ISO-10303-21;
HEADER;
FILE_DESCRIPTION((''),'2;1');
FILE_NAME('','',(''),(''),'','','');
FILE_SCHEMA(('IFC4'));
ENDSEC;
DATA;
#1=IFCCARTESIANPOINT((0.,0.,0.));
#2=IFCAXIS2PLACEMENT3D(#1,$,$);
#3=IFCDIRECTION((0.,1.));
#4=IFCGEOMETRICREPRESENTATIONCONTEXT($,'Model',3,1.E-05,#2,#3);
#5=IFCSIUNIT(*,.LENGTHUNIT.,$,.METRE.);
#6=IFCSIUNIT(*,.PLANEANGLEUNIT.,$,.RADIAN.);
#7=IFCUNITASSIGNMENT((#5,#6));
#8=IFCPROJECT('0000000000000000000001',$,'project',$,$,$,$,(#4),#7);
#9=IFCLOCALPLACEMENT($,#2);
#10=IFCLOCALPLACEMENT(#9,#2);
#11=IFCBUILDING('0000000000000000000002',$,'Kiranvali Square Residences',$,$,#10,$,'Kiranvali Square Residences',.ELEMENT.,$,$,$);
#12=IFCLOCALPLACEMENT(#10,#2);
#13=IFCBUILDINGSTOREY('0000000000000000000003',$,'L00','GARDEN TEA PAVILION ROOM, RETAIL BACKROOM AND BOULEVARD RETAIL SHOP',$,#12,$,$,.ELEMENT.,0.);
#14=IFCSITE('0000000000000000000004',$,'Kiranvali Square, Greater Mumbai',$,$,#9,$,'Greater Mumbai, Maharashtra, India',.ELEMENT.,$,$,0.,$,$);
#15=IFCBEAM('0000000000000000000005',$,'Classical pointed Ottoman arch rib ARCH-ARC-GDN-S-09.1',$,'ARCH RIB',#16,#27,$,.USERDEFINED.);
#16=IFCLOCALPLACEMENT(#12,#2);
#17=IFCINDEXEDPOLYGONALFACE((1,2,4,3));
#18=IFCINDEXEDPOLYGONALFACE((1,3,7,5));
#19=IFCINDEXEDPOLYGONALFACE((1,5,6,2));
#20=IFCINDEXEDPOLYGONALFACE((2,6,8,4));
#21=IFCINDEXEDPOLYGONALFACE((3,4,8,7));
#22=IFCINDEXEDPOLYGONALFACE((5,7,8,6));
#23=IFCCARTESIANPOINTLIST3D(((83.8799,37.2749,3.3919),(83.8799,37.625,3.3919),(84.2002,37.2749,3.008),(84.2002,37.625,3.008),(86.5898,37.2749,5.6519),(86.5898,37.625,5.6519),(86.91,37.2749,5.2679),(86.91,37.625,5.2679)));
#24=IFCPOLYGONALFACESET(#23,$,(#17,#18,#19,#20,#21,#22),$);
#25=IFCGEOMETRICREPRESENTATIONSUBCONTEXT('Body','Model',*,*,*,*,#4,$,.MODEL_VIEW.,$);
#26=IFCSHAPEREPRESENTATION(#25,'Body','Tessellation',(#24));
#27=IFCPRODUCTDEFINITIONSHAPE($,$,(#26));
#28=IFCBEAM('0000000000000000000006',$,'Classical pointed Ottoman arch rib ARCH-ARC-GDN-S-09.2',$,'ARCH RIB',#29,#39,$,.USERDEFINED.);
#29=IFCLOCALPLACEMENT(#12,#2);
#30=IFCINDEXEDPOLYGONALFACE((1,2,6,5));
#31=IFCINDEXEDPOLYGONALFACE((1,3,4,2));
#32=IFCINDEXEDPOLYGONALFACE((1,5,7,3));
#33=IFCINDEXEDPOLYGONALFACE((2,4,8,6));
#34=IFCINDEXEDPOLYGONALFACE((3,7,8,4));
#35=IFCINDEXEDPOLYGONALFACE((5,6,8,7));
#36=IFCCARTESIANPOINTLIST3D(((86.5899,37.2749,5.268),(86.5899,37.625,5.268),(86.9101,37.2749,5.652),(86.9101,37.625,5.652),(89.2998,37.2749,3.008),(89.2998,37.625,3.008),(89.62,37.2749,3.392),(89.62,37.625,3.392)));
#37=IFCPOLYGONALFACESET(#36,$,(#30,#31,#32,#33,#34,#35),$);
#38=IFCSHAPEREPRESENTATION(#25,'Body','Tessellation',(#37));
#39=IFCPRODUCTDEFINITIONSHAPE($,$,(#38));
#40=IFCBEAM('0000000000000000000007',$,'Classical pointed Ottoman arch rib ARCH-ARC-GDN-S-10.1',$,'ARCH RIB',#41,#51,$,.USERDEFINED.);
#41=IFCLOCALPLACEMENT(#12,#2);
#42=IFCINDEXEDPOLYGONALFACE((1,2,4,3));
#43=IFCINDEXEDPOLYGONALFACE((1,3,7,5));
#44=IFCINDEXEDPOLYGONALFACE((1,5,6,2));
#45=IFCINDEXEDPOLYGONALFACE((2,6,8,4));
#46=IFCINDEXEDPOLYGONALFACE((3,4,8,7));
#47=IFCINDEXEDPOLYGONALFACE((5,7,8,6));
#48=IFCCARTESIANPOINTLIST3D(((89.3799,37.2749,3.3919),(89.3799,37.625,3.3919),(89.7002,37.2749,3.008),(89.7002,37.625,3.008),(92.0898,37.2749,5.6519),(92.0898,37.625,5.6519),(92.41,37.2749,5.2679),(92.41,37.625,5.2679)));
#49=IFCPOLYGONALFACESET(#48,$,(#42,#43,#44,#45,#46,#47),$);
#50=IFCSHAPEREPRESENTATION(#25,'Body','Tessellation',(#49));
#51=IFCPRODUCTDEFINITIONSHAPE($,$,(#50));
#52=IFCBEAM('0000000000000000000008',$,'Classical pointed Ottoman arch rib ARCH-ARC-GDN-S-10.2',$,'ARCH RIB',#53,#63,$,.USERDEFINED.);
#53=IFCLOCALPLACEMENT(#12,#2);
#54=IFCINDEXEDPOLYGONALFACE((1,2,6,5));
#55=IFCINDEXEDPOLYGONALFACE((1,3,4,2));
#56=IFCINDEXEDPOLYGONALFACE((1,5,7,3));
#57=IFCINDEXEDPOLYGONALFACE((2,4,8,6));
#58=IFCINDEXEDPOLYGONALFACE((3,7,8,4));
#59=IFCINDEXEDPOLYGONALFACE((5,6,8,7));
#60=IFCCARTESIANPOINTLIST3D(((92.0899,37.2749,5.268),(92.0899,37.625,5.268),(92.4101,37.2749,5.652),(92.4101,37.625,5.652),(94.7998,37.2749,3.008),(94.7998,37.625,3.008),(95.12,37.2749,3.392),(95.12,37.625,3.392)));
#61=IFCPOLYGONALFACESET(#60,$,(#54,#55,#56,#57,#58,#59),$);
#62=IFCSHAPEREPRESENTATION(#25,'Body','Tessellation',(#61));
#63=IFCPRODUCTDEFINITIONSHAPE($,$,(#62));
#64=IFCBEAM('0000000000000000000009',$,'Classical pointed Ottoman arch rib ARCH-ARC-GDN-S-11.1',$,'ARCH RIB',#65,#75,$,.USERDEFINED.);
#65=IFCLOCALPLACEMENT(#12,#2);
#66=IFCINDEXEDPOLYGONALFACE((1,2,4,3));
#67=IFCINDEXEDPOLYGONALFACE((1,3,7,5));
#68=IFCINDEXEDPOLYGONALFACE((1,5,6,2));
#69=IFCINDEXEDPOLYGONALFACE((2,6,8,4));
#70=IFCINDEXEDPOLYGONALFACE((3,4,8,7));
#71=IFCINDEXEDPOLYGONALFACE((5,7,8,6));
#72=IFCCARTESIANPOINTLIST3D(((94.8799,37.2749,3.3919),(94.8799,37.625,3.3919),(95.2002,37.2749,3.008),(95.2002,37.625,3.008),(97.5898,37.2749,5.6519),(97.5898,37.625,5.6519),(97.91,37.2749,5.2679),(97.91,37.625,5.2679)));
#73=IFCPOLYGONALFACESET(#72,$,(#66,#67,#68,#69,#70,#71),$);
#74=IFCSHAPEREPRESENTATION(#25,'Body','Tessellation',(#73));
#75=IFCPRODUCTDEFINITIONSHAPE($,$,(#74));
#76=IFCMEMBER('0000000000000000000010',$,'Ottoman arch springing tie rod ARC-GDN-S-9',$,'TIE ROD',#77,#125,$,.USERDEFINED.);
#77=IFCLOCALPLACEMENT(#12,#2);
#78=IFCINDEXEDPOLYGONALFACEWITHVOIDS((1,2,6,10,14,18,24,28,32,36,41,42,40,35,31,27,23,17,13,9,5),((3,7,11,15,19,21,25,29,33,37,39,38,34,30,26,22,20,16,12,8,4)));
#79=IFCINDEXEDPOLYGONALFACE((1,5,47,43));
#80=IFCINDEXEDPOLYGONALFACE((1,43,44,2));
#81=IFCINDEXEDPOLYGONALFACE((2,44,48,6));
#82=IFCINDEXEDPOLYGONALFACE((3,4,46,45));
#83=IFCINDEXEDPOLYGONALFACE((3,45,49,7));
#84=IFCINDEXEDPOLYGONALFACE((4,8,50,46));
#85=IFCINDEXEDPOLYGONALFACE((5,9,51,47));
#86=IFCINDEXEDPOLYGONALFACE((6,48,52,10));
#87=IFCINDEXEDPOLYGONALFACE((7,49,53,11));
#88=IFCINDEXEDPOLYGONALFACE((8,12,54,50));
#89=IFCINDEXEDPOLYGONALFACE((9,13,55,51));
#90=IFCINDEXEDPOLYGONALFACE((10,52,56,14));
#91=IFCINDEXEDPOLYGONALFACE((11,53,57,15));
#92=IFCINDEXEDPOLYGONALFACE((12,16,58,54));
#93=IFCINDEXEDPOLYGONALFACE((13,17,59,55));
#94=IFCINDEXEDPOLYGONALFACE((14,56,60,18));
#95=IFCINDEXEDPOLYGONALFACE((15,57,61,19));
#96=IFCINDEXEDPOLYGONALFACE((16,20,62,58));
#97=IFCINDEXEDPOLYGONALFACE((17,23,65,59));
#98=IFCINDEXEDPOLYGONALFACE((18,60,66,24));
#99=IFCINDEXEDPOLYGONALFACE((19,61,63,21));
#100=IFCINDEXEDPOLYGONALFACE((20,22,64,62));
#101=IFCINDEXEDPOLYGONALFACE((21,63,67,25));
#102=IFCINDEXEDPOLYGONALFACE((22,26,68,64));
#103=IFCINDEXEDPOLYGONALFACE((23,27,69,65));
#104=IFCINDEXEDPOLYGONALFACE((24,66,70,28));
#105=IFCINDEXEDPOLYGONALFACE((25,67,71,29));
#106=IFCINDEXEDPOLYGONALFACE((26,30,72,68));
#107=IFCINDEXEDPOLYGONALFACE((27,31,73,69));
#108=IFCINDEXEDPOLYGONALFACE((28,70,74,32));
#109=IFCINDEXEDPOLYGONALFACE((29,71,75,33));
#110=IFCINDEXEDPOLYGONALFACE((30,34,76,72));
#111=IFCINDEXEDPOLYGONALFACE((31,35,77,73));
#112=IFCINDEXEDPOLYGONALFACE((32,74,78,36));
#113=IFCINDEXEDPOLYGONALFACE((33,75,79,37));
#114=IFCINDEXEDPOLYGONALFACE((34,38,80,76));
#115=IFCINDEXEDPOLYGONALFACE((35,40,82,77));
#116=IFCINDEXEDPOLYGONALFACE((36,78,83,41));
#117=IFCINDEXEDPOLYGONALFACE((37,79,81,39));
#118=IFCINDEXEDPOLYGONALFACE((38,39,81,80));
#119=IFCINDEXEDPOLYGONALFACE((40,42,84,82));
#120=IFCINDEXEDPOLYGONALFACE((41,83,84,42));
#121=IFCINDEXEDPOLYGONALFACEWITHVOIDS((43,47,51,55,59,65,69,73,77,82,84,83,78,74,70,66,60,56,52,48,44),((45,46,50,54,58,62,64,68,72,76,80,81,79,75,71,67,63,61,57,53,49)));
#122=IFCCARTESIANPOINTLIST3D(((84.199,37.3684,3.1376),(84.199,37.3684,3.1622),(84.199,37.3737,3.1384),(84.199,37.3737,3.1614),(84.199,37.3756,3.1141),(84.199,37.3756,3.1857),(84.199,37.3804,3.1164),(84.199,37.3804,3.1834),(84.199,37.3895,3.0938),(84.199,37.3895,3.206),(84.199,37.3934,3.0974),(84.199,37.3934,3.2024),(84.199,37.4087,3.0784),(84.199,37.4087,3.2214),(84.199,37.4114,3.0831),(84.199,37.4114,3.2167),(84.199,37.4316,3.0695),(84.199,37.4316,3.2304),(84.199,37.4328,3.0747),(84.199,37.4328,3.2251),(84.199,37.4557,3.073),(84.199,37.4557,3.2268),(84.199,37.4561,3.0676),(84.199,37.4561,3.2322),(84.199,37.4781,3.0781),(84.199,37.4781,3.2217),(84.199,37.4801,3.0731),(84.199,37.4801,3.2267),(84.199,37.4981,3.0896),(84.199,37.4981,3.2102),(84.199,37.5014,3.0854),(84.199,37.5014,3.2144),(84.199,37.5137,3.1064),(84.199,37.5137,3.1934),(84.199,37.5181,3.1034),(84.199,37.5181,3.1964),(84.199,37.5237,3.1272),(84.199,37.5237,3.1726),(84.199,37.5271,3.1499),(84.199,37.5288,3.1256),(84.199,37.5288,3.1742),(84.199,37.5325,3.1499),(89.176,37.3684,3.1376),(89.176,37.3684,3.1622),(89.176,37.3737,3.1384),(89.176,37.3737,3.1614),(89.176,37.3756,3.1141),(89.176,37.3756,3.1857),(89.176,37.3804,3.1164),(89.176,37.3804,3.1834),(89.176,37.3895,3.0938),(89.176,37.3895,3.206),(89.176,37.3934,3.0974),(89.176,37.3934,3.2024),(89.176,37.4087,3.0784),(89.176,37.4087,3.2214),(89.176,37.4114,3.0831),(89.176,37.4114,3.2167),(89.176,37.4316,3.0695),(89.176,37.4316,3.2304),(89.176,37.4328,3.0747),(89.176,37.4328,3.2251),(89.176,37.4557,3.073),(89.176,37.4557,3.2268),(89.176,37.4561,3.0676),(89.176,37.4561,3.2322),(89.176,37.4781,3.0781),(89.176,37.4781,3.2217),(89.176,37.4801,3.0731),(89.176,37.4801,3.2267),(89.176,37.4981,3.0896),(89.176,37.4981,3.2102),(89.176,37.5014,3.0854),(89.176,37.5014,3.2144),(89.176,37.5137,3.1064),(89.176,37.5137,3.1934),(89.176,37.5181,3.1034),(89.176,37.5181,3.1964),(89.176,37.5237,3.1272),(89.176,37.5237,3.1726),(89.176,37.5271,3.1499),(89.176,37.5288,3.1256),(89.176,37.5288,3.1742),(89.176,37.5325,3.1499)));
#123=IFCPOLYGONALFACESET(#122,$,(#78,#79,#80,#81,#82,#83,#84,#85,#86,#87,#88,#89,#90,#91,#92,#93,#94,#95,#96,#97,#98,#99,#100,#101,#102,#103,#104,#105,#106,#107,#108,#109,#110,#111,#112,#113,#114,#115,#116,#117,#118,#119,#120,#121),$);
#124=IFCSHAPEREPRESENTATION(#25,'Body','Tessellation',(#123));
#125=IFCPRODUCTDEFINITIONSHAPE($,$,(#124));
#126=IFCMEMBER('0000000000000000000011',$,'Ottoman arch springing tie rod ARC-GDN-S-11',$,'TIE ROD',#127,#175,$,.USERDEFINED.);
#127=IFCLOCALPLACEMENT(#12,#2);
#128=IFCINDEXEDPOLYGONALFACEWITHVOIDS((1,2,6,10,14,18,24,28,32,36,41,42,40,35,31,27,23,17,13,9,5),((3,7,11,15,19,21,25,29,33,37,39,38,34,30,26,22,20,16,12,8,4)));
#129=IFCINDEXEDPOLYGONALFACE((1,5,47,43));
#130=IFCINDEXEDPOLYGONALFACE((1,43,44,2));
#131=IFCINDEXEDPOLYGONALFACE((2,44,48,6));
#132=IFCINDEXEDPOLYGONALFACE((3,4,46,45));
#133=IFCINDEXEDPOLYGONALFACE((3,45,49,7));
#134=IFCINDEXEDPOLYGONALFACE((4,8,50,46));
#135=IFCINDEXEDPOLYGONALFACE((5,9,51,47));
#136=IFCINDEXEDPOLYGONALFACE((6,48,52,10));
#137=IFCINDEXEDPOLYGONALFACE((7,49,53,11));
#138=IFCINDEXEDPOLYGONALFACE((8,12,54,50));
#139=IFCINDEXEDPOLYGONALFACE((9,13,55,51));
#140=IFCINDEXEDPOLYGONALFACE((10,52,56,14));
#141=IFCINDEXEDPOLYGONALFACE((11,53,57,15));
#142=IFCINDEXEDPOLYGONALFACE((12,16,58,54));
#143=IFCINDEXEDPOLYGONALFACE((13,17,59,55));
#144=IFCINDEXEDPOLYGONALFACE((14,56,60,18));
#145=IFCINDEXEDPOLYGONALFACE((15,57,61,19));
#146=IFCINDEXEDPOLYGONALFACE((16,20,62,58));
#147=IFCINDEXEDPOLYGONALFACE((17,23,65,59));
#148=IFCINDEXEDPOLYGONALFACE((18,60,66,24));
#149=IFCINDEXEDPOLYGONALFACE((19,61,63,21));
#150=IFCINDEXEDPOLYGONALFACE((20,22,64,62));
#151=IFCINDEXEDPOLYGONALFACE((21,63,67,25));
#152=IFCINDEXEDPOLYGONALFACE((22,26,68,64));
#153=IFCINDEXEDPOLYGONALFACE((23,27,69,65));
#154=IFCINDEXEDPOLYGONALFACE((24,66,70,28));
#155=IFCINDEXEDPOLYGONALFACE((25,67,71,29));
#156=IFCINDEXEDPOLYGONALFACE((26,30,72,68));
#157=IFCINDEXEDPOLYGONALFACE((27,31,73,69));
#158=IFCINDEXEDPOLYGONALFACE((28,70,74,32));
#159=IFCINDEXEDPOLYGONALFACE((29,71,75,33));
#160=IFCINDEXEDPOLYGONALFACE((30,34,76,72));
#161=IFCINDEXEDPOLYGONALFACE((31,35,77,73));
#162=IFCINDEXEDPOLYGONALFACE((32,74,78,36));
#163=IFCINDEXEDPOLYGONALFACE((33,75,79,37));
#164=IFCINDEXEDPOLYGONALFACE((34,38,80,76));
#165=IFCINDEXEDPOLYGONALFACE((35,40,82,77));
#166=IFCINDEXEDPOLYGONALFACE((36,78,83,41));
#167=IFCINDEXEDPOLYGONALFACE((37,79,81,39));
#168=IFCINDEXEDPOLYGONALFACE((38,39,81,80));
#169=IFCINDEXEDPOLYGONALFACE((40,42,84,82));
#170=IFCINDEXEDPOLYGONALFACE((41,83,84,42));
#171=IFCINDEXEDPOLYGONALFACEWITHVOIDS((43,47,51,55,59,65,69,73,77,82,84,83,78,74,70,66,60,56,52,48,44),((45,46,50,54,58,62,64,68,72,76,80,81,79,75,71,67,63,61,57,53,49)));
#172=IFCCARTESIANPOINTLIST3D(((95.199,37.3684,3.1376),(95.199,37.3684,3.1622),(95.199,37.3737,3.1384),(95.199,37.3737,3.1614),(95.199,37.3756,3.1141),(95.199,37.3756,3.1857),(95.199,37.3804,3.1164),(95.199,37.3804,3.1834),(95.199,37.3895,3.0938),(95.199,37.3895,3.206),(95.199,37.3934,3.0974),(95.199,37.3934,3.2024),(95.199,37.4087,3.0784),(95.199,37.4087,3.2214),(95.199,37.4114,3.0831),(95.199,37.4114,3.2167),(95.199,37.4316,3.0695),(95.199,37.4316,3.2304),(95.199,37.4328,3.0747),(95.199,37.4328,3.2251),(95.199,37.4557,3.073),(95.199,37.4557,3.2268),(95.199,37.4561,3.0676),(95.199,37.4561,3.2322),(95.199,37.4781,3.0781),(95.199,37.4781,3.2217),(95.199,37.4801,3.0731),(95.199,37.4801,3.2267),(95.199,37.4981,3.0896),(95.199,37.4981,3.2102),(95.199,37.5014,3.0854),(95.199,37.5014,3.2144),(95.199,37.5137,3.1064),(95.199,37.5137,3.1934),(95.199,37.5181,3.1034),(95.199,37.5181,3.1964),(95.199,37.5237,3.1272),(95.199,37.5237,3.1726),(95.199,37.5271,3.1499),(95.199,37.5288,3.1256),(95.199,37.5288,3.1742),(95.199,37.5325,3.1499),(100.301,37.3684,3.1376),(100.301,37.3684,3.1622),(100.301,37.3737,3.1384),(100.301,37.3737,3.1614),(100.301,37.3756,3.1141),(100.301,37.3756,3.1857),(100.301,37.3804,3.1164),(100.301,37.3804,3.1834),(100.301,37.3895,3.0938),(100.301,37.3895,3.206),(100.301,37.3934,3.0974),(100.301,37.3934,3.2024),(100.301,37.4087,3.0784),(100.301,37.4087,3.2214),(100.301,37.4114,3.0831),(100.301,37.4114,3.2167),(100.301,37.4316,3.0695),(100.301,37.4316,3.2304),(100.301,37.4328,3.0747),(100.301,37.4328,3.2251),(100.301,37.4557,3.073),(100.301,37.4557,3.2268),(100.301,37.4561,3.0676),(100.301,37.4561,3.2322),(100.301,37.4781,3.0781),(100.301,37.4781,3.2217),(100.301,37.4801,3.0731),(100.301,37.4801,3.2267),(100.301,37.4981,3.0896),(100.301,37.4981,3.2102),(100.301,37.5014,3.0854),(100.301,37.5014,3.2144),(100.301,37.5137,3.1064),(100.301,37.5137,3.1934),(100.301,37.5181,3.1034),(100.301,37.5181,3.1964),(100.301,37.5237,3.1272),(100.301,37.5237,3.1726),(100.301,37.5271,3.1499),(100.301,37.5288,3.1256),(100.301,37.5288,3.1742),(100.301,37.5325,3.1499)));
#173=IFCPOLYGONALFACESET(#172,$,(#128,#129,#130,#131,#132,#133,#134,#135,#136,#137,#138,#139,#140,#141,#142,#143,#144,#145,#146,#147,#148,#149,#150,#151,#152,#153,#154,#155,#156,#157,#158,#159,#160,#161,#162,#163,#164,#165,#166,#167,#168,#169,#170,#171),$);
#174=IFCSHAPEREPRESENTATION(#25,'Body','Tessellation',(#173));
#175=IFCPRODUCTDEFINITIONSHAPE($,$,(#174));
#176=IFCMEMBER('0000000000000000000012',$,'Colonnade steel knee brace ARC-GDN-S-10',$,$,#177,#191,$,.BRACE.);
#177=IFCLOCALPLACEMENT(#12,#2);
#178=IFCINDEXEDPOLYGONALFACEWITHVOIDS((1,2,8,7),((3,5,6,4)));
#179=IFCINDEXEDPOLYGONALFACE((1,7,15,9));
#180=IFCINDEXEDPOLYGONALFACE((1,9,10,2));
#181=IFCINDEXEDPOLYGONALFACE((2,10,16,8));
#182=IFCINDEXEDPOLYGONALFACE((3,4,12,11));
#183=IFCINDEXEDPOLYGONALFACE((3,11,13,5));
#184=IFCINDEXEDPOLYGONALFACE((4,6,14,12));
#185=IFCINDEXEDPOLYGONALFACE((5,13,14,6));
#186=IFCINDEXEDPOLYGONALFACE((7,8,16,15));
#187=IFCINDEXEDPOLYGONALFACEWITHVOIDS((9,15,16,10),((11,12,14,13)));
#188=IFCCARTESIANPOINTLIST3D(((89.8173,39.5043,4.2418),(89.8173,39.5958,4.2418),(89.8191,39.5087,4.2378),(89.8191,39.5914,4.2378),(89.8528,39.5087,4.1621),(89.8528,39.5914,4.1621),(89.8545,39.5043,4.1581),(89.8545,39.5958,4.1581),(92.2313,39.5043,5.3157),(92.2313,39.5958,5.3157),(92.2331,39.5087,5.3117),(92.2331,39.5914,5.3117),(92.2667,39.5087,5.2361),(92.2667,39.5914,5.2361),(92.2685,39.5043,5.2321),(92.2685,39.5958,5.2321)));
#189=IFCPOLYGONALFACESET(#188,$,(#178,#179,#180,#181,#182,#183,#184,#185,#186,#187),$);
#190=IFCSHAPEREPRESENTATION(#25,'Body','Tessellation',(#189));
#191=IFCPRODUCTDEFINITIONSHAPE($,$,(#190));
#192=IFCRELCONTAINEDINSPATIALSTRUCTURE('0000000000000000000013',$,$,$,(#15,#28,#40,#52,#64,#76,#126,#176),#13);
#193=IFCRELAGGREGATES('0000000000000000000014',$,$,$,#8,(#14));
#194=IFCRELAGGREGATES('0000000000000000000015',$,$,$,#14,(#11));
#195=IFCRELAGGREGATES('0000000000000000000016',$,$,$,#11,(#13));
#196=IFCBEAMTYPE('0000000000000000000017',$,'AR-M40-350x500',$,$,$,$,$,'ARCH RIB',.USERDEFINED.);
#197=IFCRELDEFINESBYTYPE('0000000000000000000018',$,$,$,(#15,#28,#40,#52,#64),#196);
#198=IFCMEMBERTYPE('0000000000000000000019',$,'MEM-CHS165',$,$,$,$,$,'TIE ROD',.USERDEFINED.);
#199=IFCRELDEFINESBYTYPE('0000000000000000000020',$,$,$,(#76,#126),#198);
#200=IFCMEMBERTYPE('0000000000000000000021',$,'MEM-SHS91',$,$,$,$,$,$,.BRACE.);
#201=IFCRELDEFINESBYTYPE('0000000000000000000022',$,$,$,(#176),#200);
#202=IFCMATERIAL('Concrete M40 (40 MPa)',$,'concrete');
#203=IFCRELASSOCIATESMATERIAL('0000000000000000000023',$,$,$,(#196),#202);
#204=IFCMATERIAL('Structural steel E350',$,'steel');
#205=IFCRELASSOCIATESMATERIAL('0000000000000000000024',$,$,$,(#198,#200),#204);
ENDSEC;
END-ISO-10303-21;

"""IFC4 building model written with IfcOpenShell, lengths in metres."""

from ifc_helpers import new_model, si_unit, direction, frame, origin, origin_2d, place, context, subcontext, project, spatial, rectangle, hollow_rectangle, hollow_circle, extrude, material, material_profile, profile_set, type_object, element, save


model = new_model("IFC4")

# Units and contexts
model_context = context("Model", 3, precision=1e-05, world=origin(), true_north=direction((0.0, 1.0)))
body_context = subcontext(model_context, "Body", "Model", "MODEL_VIEW")
ifc_project = project(units=[si_unit("LENGTHUNIT", "METRE"), si_unit("PLANEANGLEUNIT", "RADIAN")], contexts=[model_context])

# Site, building, storey
site_placement = place(None, origin())
site = spatial("IfcSite", under=ifc_project, at=site_placement, Name="Kiranvali Square, Greater Mumbai", LongName="Greater Mumbai, Maharashtra, India", CompositionType="ELEMENT", RefElevation=0.0)
building_placement = place(site_placement, origin())
building = spatial("IfcBuilding", under=site, at=building_placement, Name="Kiranvali Square Residences", LongName="Kiranvali Square Residences", CompositionType="ELEMENT")
storey_placement = place(building_placement, origin())
storey = spatial("IfcBuildingStorey", under=building, at=storey_placement, Name="L00", Description="GARDEN TEA PAVILION ROOM, RETAIL BACKROOM AND BOULEVARD RETAIL SHOP", CompositionType="ELEMENT", Elevation=0.0)

# Shared definitions
ifc_material_1 = material(Name="Concrete M40 (40 MPa)", Category="concrete")
ifc_material_2 = material(Name="Structural steel E350", Category="steel")

# Beams
ifc_material_profile_1 = material_profile(ifc_material_1, rectangle(XDim=0.3501, YDim=0.5, at=origin_2d()), Name="RC 350x500")
ifc_profile_set_1 = profile_set([ifc_material_profile_1], Name="Concrete M40 (40 MPa)")
beam_type_1 = type_object("IfcBeamType", Name="AR-M40-350x500", ElementType="ARCH RIB", PredefinedType="USERDEFINED", material=ifc_profile_set_1)
for number, where, z_axis, x_axis, name in (
    (1, (84.04, 37.45, 3.2), (0.767983, 0.0, 0.64047), (0.0, 1.0, 0.0), "Classical pointed Ottoman arch rib ARCH-ARC-GDN-S-09.1"),
    (2, (86.75, 37.45, 5.46), (0.767983, 0.0, -0.64047), (0.0, 1.0, 0.0), "Classical pointed Ottoman arch rib ARCH-ARC-GDN-S-09.2"),
    (3, (89.54, 37.45, 3.2), (0.767983, 0.0, 0.64047), (0.0, 1.0, 0.0), "Classical pointed Ottoman arch rib ARCH-ARC-GDN-S-10.1"),
    (4, (92.25, 37.45, 5.46), (0.767983, 0.0, -0.64047), (0.0, 1.0, 0.0), "Classical pointed Ottoman arch rib ARCH-ARC-GDN-S-10.2"),
    (5, (95.04, 37.45, 3.2), (0.767983, 0.0, 0.64047), (0.0, 1.0, 0.0), "Classical pointed Ottoman arch rib ARCH-ARC-GDN-S-11.1"),
):
    element("IfcBeam", number, at=place(storey_placement, frame(where, z_axis=z_axis, x_axis=x_axis)), inside=storey, type_object=beam_type_1, Name=name, ObjectType="ARCH RIB", PredefinedType="USERDEFINED", context=body_context, shape_type="SweptSolid", body=[
        extrude(rectangle(XDim=0.3501, YDim=0.5, at=origin_2d()), origin(), (0.0, 0.0, 1.0), 3.5286),
    ])

# Members
ifc_material_profile_2 = material_profile(ifc_material_2, hollow_circle(Radius=0.0825, WallThickness=0.0054, at=origin_2d()), Name="CHS 165.1x5.4")
ifc_profile_set_2 = profile_set([ifc_material_profile_2], Name="Structural steel E350")
member_type_1 = type_object("IfcMemberType", Name="MEM-CHS165", ElementType="TIE ROD", PredefinedType="USERDEFINED", material=ifc_profile_set_2)
member_1_placement = place(storey_placement, frame((84.199, 37.45, 3.1499), z_axis=(1.0, 0.0, 0.0), x_axis=(0.0, 1.0, 0.0)))
element("IfcMember", 6, at=member_1_placement, inside=storey, type_object=member_type_1, Name="Ottoman arch springing tie rod ARC-GDN-S-9", ObjectType="TIE ROD", PredefinedType="USERDEFINED", context=body_context, shape_type="SweptSolid", body=[
    extrude(hollow_circle(Radius=0.0825, WallThickness=0.0054, at=origin_2d()), origin(), (0.0, 0.0, 1.0), 4.9771),
])
member_2_placement = place(storey_placement, frame((95.199, 37.45, 3.1499), z_axis=(1.0, 0.0, 0.0), x_axis=(0.0, 1.0, 0.0)))
element("IfcMember", 7, at=member_2_placement, inside=storey, type_object=member_type_1, Name="Ottoman arch springing tie rod ARC-GDN-S-11", ObjectType="TIE ROD", PredefinedType="USERDEFINED", context=body_context, shape_type="SweptSolid", body=[
    extrude(hollow_circle(Radius=0.0825, WallThickness=0.0054, at=origin_2d()), origin(), (0.0, 0.0, 1.0), 5.1021),
])
ifc_material_profile_3 = material_profile(ifc_material_2, hollow_rectangle(XDim=0.0916, YDim=0.0916, WallThickness=0.0044, at=origin_2d()), Name="SHS 91.5x91.5x4.5")
ifc_profile_set_3 = profile_set([ifc_material_profile_3], Name="Structural steel E350")
member_type_2 = type_object("IfcMemberType", Name="MEM-SHS91", PredefinedType="BRACE", material=ifc_profile_set_3)
member_3_placement = place(storey_placement, frame((89.8359, 39.55, 4.2), z_axis=(0.913663, 0.0, 0.406473), x_axis=(0.0, 1.0, 0.0)))
element("IfcMember", 8, at=member_3_placement, inside=storey, type_object=member_type_2, Name="Colonnade steel knee brace ARC-GDN-S-10", PredefinedType="BRACE", context=body_context, shape_type="SweptSolid", body=[
    extrude(hollow_rectangle(XDim=0.0916, YDim=0.0916, WallThickness=0.0044, at=origin_2d()), origin(), (0.0, 0.0, 1.0), 2.6421),
])

save(model, "model.ifc")
